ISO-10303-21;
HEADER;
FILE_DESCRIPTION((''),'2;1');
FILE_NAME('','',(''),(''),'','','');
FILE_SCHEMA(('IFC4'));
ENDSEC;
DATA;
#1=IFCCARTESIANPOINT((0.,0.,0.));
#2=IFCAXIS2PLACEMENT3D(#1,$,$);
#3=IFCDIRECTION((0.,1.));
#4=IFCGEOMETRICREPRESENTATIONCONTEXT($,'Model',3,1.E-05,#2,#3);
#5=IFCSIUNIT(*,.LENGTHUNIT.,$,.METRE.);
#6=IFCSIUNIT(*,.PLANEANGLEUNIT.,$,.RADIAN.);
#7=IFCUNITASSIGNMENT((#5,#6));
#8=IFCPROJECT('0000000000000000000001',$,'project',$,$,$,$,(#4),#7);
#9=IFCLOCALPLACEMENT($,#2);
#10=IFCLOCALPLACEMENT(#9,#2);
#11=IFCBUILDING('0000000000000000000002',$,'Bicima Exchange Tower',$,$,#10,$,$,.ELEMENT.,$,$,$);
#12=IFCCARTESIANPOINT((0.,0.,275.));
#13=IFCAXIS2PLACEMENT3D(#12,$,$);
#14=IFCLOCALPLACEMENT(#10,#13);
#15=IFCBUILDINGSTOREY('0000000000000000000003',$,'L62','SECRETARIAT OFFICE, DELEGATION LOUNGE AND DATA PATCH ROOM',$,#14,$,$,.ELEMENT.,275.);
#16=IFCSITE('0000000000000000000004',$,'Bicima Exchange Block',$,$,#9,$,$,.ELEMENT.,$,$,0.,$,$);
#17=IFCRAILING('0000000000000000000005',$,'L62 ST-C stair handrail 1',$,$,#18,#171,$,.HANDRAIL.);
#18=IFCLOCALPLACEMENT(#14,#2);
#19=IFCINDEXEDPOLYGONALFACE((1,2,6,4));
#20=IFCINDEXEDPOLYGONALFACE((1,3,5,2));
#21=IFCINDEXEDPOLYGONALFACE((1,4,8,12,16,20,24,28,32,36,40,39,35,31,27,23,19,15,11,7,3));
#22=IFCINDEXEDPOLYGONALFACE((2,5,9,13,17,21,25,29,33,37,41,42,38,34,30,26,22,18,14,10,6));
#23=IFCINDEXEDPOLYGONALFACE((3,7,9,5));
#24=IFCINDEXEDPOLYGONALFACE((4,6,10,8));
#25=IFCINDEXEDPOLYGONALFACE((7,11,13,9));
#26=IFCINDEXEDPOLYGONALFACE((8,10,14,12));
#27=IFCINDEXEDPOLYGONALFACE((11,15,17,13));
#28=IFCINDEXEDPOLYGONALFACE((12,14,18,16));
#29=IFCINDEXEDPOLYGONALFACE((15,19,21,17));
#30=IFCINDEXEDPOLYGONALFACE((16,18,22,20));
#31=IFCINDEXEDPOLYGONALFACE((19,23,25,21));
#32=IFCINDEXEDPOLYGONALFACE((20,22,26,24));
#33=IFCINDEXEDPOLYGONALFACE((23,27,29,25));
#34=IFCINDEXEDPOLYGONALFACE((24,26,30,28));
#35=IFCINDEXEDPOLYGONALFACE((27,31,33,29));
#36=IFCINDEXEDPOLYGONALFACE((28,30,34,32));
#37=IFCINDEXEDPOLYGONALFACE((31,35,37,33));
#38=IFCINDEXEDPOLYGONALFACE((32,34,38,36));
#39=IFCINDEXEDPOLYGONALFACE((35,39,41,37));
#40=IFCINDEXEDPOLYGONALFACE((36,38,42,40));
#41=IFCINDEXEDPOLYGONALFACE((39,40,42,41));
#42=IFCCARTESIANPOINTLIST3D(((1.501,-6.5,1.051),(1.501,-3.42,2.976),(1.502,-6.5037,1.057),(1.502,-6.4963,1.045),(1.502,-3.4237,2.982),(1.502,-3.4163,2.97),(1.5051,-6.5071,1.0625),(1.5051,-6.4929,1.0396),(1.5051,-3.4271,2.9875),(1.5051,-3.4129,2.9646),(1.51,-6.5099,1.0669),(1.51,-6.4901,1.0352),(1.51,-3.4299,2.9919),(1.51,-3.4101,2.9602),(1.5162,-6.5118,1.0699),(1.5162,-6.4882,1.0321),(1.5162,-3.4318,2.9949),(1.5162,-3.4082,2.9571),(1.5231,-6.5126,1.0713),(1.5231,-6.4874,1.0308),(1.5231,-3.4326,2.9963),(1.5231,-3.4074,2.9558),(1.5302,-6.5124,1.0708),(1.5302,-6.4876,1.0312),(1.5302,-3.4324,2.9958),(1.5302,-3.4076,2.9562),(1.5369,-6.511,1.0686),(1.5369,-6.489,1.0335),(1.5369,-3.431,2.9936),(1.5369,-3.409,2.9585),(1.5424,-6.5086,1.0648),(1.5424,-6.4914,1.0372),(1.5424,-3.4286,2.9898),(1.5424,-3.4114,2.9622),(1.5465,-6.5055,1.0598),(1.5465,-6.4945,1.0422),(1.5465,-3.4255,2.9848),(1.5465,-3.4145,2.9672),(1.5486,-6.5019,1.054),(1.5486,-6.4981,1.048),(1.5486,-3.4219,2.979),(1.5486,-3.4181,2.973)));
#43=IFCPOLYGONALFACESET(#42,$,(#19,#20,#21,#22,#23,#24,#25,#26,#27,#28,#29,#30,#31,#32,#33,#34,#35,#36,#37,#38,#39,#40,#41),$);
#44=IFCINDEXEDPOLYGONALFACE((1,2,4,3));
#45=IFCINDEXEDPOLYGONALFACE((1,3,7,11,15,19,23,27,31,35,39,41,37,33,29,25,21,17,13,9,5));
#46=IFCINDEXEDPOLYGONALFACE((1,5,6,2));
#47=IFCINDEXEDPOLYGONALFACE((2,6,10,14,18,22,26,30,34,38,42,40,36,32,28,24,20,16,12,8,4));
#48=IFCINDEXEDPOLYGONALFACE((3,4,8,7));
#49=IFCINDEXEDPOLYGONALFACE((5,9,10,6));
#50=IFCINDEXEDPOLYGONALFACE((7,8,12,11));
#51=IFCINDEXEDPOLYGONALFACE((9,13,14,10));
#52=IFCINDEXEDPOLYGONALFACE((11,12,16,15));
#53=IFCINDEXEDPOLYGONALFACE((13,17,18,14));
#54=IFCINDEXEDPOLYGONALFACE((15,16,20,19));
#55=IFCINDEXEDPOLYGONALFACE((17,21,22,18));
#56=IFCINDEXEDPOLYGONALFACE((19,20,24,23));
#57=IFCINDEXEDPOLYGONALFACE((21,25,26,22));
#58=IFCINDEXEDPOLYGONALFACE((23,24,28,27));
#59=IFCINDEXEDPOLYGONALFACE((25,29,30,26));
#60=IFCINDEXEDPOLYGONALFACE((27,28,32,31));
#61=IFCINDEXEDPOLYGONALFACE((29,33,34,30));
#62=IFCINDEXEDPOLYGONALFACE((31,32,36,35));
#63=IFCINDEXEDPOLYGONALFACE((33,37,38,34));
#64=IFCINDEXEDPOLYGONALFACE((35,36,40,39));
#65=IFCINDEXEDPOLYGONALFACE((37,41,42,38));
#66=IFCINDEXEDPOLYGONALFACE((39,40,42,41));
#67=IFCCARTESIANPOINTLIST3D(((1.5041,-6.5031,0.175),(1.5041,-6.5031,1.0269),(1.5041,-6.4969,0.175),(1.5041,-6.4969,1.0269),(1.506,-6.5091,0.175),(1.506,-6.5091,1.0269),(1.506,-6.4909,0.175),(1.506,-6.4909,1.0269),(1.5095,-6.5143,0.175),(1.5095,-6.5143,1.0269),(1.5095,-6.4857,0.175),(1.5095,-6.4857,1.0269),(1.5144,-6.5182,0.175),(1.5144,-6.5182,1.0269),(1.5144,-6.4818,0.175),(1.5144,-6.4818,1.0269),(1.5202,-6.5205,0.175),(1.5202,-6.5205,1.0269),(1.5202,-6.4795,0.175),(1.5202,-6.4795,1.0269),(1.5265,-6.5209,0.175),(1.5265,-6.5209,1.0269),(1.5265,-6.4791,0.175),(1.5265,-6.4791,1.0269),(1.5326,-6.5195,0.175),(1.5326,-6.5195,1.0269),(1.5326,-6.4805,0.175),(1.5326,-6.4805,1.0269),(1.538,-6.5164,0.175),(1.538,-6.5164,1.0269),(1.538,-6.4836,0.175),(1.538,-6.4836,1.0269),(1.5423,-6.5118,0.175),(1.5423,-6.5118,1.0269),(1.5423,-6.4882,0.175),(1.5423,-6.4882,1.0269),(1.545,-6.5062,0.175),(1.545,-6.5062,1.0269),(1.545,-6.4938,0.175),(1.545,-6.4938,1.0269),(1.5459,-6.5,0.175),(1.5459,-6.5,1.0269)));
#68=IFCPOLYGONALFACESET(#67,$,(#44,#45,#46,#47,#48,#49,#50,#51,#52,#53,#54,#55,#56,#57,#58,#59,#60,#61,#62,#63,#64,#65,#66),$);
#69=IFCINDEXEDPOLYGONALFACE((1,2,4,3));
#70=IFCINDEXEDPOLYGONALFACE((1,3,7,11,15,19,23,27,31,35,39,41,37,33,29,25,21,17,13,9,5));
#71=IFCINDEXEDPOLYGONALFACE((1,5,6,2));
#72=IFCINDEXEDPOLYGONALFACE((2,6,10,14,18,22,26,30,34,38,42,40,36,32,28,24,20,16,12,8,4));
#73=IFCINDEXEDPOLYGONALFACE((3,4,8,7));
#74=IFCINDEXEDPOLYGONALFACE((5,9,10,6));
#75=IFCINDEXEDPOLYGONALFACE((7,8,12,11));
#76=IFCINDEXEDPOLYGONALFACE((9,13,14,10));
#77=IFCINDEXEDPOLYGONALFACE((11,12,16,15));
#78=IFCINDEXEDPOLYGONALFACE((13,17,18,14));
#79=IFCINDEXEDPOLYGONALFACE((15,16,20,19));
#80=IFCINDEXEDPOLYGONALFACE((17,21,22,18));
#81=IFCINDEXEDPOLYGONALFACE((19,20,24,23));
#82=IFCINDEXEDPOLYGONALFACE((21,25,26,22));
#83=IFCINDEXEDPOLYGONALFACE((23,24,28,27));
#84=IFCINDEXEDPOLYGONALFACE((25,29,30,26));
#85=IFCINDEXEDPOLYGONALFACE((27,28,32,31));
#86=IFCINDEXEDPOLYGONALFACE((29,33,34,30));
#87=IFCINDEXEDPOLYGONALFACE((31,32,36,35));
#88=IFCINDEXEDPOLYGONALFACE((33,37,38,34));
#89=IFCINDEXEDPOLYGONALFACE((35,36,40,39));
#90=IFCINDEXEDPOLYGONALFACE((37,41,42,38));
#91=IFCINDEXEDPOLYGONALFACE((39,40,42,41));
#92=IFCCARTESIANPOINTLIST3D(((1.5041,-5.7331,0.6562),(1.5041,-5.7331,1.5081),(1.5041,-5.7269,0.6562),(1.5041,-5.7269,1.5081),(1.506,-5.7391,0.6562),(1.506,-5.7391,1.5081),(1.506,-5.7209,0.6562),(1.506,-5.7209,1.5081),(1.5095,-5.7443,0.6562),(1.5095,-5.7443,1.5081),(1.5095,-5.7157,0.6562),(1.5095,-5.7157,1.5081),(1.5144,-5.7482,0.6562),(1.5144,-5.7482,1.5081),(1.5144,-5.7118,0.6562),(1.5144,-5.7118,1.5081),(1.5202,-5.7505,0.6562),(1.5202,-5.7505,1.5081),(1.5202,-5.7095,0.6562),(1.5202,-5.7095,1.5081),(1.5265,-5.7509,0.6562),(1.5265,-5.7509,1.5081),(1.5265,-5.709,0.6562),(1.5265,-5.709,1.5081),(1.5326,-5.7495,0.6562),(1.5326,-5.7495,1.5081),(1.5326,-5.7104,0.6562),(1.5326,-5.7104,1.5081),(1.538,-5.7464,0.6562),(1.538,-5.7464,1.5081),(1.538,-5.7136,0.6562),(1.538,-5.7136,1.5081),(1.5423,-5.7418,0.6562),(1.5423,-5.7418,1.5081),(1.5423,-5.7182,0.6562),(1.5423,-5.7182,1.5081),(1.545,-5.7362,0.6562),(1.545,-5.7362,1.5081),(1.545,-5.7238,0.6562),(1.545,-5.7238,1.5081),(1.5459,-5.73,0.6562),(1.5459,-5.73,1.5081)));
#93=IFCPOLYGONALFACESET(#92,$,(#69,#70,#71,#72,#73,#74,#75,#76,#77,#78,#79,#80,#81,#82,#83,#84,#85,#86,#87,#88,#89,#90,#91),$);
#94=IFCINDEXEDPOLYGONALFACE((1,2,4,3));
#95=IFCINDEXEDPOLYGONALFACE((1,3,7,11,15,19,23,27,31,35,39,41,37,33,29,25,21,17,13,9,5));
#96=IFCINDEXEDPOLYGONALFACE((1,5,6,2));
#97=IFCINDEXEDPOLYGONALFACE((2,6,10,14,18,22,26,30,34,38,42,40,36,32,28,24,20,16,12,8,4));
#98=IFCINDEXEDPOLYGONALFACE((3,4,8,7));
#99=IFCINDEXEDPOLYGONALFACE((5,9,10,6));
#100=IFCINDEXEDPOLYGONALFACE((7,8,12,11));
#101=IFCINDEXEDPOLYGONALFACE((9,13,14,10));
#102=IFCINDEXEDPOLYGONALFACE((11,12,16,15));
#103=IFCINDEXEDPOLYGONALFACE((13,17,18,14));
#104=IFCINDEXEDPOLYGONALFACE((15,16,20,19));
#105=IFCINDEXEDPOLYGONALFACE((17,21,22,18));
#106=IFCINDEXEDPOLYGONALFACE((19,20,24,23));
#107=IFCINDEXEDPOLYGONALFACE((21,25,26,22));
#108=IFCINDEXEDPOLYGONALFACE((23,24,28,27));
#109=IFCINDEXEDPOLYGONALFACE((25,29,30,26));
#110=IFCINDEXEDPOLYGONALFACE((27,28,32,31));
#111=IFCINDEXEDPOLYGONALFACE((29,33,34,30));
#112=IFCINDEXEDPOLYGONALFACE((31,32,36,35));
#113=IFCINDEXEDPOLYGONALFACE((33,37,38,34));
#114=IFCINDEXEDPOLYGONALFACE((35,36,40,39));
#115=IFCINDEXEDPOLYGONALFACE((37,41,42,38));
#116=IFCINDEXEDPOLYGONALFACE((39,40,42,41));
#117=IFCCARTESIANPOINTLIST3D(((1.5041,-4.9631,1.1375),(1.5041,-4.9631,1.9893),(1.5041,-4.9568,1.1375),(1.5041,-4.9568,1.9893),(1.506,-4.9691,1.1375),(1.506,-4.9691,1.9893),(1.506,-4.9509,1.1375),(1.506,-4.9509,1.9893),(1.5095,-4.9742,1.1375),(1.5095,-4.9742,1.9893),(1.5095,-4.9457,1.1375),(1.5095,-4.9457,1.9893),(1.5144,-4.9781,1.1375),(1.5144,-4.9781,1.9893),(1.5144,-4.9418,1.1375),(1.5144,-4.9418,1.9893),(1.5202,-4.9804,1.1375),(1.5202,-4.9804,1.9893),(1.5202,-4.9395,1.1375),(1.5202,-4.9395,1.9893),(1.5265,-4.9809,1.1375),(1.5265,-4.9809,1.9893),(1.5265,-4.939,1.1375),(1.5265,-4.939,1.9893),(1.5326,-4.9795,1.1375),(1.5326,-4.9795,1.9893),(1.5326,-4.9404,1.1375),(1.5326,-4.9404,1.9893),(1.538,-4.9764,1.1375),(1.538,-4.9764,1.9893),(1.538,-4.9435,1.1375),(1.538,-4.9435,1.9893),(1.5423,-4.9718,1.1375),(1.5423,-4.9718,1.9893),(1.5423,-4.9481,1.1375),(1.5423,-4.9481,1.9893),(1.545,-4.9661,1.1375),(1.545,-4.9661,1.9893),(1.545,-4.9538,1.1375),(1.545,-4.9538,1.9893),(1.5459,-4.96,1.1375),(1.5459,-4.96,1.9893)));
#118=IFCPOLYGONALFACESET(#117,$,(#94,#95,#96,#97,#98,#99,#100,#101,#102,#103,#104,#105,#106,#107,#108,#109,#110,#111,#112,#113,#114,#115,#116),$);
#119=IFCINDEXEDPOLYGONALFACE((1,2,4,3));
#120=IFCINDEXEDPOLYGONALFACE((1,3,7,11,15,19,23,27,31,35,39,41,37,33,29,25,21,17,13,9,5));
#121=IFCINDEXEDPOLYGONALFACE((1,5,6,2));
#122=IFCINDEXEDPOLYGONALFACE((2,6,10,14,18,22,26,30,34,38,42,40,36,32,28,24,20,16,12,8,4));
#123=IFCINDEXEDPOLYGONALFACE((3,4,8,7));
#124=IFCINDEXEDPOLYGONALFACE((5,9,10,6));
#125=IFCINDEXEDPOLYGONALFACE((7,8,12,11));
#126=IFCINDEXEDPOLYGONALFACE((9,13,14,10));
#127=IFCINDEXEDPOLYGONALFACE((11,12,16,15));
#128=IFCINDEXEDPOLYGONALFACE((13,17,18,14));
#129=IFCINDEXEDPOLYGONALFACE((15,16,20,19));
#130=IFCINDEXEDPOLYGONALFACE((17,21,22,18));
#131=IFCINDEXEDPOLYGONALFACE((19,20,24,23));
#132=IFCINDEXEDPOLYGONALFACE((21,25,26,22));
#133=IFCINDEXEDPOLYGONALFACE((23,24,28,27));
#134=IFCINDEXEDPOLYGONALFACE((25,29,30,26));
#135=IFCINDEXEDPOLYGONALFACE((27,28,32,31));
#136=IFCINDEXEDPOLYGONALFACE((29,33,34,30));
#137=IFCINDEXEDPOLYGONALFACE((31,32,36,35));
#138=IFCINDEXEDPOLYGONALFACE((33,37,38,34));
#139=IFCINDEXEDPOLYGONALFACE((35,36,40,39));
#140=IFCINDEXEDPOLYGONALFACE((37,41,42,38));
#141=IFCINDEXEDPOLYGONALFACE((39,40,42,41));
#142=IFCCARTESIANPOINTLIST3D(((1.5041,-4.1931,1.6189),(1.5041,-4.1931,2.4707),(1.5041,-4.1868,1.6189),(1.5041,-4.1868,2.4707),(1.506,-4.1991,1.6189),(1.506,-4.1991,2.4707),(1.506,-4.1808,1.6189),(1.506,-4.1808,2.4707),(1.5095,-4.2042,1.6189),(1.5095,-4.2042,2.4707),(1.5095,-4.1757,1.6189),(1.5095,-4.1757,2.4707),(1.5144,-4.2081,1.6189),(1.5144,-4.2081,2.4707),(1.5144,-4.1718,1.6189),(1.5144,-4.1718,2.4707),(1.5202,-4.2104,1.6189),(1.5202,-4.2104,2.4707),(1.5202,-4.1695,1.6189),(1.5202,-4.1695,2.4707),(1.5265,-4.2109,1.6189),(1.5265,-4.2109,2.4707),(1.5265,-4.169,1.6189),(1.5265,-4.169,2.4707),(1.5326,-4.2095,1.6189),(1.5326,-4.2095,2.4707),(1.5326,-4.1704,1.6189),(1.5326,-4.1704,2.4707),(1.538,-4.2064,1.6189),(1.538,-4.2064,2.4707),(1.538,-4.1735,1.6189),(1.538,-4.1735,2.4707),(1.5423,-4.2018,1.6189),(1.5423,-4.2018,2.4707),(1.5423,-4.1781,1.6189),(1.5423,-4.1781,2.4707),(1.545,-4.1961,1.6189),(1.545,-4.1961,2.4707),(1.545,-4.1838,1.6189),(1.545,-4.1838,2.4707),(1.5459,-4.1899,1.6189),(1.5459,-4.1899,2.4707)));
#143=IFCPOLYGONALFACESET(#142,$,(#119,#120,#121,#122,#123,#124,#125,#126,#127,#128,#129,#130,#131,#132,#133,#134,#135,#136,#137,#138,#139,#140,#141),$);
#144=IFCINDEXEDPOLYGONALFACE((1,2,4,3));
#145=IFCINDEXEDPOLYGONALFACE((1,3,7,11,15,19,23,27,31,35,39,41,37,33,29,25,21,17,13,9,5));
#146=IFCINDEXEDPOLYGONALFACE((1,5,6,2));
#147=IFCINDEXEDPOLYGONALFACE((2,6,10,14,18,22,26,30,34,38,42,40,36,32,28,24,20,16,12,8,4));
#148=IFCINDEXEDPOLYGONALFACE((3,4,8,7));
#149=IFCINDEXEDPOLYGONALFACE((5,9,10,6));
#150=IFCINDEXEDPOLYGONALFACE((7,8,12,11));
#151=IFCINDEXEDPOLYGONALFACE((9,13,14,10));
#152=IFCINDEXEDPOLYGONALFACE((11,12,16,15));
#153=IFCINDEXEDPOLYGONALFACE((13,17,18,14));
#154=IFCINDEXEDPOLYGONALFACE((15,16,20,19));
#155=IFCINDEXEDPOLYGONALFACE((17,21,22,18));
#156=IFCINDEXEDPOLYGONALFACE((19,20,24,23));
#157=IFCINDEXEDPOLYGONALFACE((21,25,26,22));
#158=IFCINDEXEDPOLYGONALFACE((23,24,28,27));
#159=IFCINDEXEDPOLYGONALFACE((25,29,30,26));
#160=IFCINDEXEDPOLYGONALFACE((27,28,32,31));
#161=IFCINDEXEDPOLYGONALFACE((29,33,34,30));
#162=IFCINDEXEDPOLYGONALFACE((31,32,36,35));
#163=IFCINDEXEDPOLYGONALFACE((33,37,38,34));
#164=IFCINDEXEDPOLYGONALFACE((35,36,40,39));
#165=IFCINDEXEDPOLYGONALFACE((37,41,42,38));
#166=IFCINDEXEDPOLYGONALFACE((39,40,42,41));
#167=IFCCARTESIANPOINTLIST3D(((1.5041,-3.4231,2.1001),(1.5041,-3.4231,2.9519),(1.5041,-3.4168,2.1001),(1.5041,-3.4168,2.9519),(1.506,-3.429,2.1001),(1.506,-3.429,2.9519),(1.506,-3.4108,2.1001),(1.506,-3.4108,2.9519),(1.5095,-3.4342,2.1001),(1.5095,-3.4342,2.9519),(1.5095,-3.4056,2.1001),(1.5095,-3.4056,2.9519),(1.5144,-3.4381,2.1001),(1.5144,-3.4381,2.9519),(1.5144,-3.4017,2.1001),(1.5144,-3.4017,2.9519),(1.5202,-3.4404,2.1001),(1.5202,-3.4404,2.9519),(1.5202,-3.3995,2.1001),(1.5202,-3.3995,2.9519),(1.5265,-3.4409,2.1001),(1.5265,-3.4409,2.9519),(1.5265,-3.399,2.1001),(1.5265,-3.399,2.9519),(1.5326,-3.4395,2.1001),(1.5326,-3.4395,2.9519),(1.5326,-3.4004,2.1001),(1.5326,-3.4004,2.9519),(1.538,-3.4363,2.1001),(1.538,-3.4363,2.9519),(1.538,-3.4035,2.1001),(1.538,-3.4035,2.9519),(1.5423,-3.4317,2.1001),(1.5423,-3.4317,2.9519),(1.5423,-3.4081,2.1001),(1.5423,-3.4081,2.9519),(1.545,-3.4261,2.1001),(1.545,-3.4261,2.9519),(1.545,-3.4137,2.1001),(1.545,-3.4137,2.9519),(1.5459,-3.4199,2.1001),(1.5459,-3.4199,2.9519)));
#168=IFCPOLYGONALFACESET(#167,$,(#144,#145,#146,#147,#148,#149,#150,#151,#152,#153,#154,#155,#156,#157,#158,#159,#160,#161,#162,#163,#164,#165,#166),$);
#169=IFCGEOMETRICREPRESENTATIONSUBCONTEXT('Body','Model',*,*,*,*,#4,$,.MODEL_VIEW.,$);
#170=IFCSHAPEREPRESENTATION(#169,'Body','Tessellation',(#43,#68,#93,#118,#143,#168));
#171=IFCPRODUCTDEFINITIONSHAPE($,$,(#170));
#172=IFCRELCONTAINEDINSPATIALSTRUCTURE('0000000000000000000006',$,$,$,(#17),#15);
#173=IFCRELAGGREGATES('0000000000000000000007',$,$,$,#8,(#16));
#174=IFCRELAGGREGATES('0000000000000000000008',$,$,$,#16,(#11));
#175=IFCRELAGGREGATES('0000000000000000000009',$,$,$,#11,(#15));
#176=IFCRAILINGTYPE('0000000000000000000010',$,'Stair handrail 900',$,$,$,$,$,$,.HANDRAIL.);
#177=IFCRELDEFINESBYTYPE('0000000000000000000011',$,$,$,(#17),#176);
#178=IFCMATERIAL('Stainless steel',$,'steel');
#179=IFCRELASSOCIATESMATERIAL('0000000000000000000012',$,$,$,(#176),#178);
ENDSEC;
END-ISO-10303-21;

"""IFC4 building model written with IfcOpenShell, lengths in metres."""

from ifc_helpers import new_model, si_unit, direction, frame, origin, origin_2d, place, context, subcontext, project, spatial, circle, extrude, material, type_object, element, save


model = new_model("IFC4")

# Units and contexts
model_context = context("Model", 3, precision=1e-05, world=origin(), true_north=direction((0.0, 1.0)))
body_context = subcontext(model_context, "Body", "Model", "MODEL_VIEW")
ifc_project = project(units=[si_unit("LENGTHUNIT", "METRE"), si_unit("PLANEANGLEUNIT", "RADIAN")], contexts=[model_context])

# Site, building, storey
site_placement = place(None, origin())
site = spatial("IfcSite", under=ifc_project, at=site_placement, Name="Bicima Exchange Block", CompositionType="ELEMENT", RefElevation=0.0)
building_placement = place(site_placement, origin())
building = spatial("IfcBuilding", under=site, at=building_placement, Name="Bicima Exchange Tower", CompositionType="ELEMENT")
storey_placement = place(building_placement, frame((0.0, 0.0, 275.0)))
storey = spatial("IfcBuildingStorey", under=building, at=storey_placement, Name="L62", Description="SECRETARIAT OFFICE, DELEGATION LOUNGE AND DATA PATCH ROOM", CompositionType="ELEMENT", Elevation=275.0)

# Shared definitions
ifc_material_1 = material(Name="Stainless steel", Category="steel")

# Railing
railing_type_1 = type_object("IfcRailingType", Name="Stair handrail 900", PredefinedType="HANDRAIL", material=ifc_material_1)
railing_1_placement = place(storey_placement, frame((1.5249, -6.5, 0.175)))
element("IfcRailing", 1, at=railing_1_placement, inside=storey, type_object=railing_type_1, Name="L62 ST-C stair handrail 1", PredefinedType="HANDRAIL", context=body_context, shape_type="SweptSolid", body=[
    extrude(circle(Radius=0.0239, at=origin_2d()), frame((0.0, 0.0, 0.876), z_axis=(0.0, 0.847998, 0.529999), x_axis=(-1.0, 0.0, 0.0)), (0.0, 0.0, 1.0), 3.6321),
    extrude(circle(Radius=0.021, at=origin_2d()), origin(), (0.0, 0.0, 1.0), 0.8518),
    extrude(circle(Radius=0.021, at=origin_2d()), frame((0.0, 0.77, 0.4812)), (0.0, 0.0, 1.0), 0.8518),
    extrude(circle(Radius=0.021, at=origin_2d()), frame((0.0, 1.54, 0.9624)), (0.0, 0.0, 1.0), 0.8518),
    extrude(circle(Radius=0.021, at=origin_2d()), frame((0.0, 2.3101, 1.4438)), (0.0, 0.0, 1.0), 0.8518),
    extrude(circle(Radius=0.021, at=origin_2d()), frame((0.0, 3.0801, 1.925)), (0.0, 0.0, 1.0), 0.8518),
])

save(model, "model.ifc")
